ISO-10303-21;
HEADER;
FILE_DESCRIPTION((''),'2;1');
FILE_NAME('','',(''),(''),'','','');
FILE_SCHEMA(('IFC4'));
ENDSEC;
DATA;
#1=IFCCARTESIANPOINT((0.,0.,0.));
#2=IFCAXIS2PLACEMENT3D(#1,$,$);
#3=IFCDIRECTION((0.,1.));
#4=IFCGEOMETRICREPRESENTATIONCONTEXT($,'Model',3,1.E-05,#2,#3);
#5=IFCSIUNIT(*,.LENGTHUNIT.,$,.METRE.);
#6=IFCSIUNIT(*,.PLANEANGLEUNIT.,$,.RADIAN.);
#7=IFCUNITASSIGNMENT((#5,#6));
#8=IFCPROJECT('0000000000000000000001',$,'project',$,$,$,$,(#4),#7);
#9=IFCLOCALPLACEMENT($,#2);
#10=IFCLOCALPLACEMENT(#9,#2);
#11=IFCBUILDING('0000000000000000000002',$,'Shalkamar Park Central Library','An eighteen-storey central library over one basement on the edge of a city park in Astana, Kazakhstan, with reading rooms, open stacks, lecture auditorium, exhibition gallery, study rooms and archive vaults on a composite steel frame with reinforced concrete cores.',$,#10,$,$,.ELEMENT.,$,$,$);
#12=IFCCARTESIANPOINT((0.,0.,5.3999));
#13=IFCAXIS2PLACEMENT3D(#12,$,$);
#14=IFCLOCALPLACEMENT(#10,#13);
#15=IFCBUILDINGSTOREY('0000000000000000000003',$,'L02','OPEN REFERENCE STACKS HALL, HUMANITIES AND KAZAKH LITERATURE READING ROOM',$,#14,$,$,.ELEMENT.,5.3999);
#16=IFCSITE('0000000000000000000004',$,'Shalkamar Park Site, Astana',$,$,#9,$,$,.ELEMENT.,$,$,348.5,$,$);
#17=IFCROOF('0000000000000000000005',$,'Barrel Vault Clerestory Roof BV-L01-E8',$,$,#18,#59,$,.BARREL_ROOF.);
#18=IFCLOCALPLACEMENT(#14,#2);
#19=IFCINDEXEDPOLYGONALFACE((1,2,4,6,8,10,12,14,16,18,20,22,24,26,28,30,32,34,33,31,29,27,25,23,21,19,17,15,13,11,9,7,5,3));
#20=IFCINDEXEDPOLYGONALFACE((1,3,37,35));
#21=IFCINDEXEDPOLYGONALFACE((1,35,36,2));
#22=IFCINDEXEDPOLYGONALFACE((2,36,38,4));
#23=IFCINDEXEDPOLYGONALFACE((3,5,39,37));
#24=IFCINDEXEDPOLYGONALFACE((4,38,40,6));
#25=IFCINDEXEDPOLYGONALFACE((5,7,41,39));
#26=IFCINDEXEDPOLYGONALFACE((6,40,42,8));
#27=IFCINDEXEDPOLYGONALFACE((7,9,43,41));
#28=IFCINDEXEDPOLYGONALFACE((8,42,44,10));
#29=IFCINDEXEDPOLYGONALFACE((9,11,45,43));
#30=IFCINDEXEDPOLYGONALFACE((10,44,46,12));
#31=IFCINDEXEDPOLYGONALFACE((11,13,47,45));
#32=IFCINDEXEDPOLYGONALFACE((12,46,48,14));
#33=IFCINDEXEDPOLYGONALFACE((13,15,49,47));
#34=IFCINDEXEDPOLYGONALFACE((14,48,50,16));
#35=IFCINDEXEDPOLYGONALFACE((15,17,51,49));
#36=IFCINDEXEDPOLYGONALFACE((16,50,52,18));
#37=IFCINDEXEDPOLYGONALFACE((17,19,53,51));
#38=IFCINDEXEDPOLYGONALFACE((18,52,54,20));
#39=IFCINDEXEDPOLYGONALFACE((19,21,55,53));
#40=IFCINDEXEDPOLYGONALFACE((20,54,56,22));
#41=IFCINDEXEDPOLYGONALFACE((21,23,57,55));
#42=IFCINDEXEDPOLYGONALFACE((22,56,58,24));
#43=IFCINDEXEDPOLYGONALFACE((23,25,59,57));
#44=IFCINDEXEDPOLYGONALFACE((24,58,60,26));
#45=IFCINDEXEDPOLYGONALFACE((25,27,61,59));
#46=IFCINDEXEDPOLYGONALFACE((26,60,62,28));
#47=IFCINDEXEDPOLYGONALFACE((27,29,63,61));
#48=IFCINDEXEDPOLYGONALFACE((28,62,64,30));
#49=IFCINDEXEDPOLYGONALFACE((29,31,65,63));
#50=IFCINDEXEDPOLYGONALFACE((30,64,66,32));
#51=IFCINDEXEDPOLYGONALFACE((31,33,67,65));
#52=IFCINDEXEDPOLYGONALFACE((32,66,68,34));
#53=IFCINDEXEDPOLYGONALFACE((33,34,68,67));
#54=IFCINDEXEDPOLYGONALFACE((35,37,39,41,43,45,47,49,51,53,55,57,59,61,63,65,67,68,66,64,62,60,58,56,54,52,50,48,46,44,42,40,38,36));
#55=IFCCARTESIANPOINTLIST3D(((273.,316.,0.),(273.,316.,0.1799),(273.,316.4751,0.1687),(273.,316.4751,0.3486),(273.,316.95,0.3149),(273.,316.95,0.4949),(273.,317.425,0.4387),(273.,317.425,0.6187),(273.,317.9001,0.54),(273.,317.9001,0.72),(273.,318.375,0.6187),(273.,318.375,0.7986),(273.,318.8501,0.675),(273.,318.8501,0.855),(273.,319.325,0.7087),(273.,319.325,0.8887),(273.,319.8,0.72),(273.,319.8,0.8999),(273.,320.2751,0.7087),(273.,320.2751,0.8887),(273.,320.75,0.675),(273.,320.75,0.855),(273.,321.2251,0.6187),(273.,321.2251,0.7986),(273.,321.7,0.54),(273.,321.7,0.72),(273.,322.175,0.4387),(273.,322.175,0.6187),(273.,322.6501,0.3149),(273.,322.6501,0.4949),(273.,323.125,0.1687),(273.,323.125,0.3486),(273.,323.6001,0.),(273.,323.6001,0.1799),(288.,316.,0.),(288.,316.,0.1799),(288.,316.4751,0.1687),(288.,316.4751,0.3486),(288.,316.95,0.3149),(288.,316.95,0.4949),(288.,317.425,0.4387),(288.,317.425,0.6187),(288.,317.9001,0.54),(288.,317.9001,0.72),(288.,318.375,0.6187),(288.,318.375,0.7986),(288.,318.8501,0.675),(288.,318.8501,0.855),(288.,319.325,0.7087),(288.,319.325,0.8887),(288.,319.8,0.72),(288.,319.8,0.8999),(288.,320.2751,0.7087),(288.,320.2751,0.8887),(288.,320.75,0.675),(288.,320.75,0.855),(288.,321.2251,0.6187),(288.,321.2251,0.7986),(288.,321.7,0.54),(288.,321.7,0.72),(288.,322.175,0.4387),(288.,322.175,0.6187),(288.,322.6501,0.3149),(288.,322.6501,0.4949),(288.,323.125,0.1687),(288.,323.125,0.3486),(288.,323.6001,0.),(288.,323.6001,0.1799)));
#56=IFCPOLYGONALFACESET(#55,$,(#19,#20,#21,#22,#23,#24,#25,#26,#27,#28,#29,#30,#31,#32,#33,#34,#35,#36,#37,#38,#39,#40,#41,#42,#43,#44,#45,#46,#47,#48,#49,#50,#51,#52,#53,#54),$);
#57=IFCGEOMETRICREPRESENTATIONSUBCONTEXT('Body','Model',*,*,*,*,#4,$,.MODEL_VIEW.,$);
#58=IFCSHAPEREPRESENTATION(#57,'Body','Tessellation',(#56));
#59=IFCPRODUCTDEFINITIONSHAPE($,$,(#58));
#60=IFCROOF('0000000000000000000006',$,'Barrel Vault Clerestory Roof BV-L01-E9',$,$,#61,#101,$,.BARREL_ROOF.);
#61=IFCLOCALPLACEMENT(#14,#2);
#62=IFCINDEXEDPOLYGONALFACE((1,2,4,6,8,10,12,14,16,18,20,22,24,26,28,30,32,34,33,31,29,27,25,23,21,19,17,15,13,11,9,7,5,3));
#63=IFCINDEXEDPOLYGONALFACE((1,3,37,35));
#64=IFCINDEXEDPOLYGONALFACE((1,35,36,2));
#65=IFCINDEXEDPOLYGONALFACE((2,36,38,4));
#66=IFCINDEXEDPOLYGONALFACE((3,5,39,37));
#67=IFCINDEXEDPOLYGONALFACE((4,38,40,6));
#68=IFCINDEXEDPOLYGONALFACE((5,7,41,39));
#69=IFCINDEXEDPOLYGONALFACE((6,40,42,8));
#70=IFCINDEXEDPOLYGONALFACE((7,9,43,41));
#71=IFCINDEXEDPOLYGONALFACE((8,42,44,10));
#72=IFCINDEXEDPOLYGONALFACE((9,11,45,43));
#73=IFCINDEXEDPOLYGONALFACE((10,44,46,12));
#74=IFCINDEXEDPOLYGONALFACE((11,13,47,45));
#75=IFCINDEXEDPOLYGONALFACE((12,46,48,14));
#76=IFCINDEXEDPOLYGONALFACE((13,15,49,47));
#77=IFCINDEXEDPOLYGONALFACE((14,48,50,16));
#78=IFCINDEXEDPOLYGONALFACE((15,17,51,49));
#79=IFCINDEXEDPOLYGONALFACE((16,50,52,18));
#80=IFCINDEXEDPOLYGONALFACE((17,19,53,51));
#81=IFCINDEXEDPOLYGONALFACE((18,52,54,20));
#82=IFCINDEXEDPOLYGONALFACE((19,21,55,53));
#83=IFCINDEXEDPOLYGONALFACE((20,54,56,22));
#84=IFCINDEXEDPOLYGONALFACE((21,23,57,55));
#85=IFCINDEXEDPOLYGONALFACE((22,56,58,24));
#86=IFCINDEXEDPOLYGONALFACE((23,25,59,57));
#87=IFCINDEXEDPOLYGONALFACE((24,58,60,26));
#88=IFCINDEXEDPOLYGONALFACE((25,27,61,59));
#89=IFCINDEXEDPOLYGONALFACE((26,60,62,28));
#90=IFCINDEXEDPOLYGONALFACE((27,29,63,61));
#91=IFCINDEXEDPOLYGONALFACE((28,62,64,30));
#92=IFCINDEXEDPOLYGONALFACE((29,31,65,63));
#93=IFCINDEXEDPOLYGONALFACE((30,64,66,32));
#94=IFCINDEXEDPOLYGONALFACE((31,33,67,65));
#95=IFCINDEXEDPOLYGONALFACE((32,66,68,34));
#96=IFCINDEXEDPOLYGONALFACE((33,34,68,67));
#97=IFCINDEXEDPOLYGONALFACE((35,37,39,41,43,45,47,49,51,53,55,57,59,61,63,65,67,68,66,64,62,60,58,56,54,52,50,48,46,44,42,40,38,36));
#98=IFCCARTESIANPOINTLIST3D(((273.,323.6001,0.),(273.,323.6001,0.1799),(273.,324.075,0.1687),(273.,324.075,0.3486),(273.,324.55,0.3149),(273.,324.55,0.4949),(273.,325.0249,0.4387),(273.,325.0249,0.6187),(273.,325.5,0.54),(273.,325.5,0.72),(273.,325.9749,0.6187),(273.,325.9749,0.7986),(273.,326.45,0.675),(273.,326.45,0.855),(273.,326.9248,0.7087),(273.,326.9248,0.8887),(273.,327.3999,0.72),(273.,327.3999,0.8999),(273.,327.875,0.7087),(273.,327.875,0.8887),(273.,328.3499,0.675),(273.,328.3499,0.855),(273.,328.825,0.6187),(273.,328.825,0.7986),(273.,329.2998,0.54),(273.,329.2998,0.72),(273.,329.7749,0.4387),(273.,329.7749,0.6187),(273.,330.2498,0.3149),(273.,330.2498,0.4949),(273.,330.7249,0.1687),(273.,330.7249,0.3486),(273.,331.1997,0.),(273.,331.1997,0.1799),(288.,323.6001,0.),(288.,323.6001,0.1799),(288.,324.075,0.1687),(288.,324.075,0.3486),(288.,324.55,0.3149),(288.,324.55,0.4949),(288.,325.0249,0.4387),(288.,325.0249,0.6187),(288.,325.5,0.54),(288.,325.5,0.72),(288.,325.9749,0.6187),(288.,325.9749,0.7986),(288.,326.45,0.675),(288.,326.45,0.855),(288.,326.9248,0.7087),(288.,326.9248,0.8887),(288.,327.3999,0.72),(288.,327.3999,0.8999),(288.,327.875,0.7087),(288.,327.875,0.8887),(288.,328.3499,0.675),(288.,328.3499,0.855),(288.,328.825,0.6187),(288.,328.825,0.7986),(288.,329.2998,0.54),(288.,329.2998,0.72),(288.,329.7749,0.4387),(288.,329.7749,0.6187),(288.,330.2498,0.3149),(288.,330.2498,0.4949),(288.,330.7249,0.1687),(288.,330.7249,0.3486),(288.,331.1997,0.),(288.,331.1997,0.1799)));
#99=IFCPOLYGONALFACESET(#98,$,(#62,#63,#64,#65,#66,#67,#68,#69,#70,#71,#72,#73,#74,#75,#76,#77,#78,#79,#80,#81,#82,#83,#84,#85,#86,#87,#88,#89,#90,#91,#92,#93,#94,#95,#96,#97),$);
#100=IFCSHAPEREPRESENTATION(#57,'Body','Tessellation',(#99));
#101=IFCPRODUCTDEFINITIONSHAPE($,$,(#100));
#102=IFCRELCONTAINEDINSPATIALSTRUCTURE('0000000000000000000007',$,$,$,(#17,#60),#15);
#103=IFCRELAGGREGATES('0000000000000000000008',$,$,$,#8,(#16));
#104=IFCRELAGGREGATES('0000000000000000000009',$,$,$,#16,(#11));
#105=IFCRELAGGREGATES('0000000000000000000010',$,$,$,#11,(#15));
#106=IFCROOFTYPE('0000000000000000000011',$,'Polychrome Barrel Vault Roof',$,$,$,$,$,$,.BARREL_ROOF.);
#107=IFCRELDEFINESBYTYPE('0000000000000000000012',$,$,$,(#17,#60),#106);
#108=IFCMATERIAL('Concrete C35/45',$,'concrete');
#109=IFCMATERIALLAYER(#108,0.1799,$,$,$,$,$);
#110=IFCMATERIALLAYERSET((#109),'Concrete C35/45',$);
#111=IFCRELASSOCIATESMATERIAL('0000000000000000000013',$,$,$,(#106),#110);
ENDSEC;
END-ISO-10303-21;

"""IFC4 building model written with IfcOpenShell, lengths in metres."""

from ifc_helpers import new_model, si_unit, direction, frame, origin, place, context, subcontext, project, spatial, polyline, outline, extrude, material, layer, layer_set, type_object, element, save


model = new_model("IFC4")

# Units and contexts
model_context = context("Model", 3, precision=1e-05, world=origin(), true_north=direction((0.0, 1.0)))
body_context = subcontext(model_context, "Body", "Model", "MODEL_VIEW")
ifc_project = project(units=[si_unit("LENGTHUNIT", "METRE"), si_unit("PLANEANGLEUNIT", "RADIAN")], contexts=[model_context])

# Site, building, storey
site_placement = place(None, origin())
site = spatial("IfcSite", under=ifc_project, at=site_placement, Name="Shalkamar Park Site, Astana", CompositionType="ELEMENT", RefElevation=348.5)
building_placement = place(site_placement, origin())
building = spatial("IfcBuilding", under=site, at=building_placement, Name="Shalkamar Park Central Library", Description="An eighteen-storey central library over one basement on the edge of a city park in Astana, Kazakhstan, with reading rooms, open stacks, lecture auditorium, exhibition gallery, study rooms and archive vaults on a composite steel frame with reinforced concrete cores.", CompositionType="ELEMENT")
storey_placement = place(building_placement, frame((0.0, 0.0, 5.3999)))
storey = spatial("IfcBuildingStorey", under=building, at=storey_placement, Name="L02", Description="OPEN REFERENCE STACKS HALL, HUMANITIES AND KAZAKH LITERATURE READING ROOM", CompositionType="ELEMENT", Elevation=5.3999)

# Roofs
ifc_material_1 = material(Name="Concrete C35/45", Category="concrete")
ifc_layer_1 = layer(ifc_material_1, 0.1799)
ifc_layer_set_1 = layer_set([ifc_layer_1], Name="Concrete C35/45")
roof_type = type_object("IfcRoofType", Name="Polychrome Barrel Vault Roof", PredefinedType="BARREL_ROOF", material=ifc_layer_set_1)
roof_1_placement = place(storey_placement, frame((273.0, 319.8, 0.0), z_axis=(0.0, 0.0, 1.0), x_axis=(1.0, 0.0, 0.0)))
element("IfcRoof", 1, at=roof_1_placement, inside=storey, type_object=roof_type, Name="Barrel Vault Clerestory Roof BV-L01-E8", PredefinedType="BARREL_ROOF", context=body_context, shape_type="SweptSolid", body=[
    extrude(outline(polyline([(-3.8, 0.1799), (-3.325, 0.3486), (-2.8501, 0.4949), (-2.375, 0.6187), (-1.8999, 0.72), (-1.425, 0.7986), (-0.95, 0.855), (-0.4751, 0.8887), (0.0, 0.8999), (0.4751, 0.8887), (0.95, 0.855), (1.425, 0.7986), (1.8999, 0.72), (2.375, 0.6187), (2.8501, 0.4949), (3.325, 0.3486), (3.8, 0.1799), (3.8, 0.0), (3.325, 0.1687), (2.8501, 0.3149), (2.375, 0.4387), (1.8999, 0.54), (1.425, 0.6187), (0.95, 0.675), (0.4751, 0.7087), (0.0, 0.72), (-0.4751, 0.7087), (-0.95, 0.675), (-1.425, 0.6187), (-1.8999, 0.54), (-2.375, 0.4387), (-2.8501, 0.3149), (-3.325, 0.1687), (-3.8, 0.0), (-3.8, 0.1799)])), frame((0.0, 0.0, 0.0), z_axis=(1.0, 0.0, 0.0), x_axis=(0.0, 1.0, 0.0)), (0.0, 0.0, 1.0), 15.0),
])
roof_2_placement = place(storey_placement, frame((273.0, 327.3999, 0.0), z_axis=(0.0, 0.0, 1.0), x_axis=(1.0, 0.0, 0.0)))
element("IfcRoof", 2, at=roof_2_placement, inside=storey, type_object=roof_type, Name="Barrel Vault Clerestory Roof BV-L01-E9", PredefinedType="BARREL_ROOF", context=body_context, shape_type="SweptSolid", body=[
    extrude(outline(polyline([(-3.7998, 0.1799), (-3.325, 0.3486), (-2.8499, 0.4949), (-2.375, 0.6187), (-1.8999, 0.72), (-1.425, 0.7986), (-0.95, 0.855), (-0.4751, 0.8887), (0.0, 0.8999), (0.4751, 0.8887), (0.95, 0.855), (1.425, 0.7986), (1.8999, 0.72), (2.375, 0.6187), (2.8499, 0.4949), (3.325, 0.3486), (3.7998, 0.1799), (3.7998, 0.0), (3.325, 0.1687), (2.8499, 0.3149), (2.375, 0.4387), (1.8999, 0.54), (1.425, 0.6187), (0.95, 0.675), (0.4751, 0.7087), (0.0, 0.72), (-0.4751, 0.7087), (-0.95, 0.675), (-1.425, 0.6187), (-1.8999, 0.54), (-2.375, 0.4387), (-2.8499, 0.3149), (-3.325, 0.1687), (-3.7998, 0.0), (-3.7998, 0.1799)])), frame((0.0, 0.0, 0.0), z_axis=(1.0, 0.0, 0.0), x_axis=(0.0, 1.0, 0.0)), (0.0, 0.0, 1.0), 15.0),
])

save(model, "model.ifc")
